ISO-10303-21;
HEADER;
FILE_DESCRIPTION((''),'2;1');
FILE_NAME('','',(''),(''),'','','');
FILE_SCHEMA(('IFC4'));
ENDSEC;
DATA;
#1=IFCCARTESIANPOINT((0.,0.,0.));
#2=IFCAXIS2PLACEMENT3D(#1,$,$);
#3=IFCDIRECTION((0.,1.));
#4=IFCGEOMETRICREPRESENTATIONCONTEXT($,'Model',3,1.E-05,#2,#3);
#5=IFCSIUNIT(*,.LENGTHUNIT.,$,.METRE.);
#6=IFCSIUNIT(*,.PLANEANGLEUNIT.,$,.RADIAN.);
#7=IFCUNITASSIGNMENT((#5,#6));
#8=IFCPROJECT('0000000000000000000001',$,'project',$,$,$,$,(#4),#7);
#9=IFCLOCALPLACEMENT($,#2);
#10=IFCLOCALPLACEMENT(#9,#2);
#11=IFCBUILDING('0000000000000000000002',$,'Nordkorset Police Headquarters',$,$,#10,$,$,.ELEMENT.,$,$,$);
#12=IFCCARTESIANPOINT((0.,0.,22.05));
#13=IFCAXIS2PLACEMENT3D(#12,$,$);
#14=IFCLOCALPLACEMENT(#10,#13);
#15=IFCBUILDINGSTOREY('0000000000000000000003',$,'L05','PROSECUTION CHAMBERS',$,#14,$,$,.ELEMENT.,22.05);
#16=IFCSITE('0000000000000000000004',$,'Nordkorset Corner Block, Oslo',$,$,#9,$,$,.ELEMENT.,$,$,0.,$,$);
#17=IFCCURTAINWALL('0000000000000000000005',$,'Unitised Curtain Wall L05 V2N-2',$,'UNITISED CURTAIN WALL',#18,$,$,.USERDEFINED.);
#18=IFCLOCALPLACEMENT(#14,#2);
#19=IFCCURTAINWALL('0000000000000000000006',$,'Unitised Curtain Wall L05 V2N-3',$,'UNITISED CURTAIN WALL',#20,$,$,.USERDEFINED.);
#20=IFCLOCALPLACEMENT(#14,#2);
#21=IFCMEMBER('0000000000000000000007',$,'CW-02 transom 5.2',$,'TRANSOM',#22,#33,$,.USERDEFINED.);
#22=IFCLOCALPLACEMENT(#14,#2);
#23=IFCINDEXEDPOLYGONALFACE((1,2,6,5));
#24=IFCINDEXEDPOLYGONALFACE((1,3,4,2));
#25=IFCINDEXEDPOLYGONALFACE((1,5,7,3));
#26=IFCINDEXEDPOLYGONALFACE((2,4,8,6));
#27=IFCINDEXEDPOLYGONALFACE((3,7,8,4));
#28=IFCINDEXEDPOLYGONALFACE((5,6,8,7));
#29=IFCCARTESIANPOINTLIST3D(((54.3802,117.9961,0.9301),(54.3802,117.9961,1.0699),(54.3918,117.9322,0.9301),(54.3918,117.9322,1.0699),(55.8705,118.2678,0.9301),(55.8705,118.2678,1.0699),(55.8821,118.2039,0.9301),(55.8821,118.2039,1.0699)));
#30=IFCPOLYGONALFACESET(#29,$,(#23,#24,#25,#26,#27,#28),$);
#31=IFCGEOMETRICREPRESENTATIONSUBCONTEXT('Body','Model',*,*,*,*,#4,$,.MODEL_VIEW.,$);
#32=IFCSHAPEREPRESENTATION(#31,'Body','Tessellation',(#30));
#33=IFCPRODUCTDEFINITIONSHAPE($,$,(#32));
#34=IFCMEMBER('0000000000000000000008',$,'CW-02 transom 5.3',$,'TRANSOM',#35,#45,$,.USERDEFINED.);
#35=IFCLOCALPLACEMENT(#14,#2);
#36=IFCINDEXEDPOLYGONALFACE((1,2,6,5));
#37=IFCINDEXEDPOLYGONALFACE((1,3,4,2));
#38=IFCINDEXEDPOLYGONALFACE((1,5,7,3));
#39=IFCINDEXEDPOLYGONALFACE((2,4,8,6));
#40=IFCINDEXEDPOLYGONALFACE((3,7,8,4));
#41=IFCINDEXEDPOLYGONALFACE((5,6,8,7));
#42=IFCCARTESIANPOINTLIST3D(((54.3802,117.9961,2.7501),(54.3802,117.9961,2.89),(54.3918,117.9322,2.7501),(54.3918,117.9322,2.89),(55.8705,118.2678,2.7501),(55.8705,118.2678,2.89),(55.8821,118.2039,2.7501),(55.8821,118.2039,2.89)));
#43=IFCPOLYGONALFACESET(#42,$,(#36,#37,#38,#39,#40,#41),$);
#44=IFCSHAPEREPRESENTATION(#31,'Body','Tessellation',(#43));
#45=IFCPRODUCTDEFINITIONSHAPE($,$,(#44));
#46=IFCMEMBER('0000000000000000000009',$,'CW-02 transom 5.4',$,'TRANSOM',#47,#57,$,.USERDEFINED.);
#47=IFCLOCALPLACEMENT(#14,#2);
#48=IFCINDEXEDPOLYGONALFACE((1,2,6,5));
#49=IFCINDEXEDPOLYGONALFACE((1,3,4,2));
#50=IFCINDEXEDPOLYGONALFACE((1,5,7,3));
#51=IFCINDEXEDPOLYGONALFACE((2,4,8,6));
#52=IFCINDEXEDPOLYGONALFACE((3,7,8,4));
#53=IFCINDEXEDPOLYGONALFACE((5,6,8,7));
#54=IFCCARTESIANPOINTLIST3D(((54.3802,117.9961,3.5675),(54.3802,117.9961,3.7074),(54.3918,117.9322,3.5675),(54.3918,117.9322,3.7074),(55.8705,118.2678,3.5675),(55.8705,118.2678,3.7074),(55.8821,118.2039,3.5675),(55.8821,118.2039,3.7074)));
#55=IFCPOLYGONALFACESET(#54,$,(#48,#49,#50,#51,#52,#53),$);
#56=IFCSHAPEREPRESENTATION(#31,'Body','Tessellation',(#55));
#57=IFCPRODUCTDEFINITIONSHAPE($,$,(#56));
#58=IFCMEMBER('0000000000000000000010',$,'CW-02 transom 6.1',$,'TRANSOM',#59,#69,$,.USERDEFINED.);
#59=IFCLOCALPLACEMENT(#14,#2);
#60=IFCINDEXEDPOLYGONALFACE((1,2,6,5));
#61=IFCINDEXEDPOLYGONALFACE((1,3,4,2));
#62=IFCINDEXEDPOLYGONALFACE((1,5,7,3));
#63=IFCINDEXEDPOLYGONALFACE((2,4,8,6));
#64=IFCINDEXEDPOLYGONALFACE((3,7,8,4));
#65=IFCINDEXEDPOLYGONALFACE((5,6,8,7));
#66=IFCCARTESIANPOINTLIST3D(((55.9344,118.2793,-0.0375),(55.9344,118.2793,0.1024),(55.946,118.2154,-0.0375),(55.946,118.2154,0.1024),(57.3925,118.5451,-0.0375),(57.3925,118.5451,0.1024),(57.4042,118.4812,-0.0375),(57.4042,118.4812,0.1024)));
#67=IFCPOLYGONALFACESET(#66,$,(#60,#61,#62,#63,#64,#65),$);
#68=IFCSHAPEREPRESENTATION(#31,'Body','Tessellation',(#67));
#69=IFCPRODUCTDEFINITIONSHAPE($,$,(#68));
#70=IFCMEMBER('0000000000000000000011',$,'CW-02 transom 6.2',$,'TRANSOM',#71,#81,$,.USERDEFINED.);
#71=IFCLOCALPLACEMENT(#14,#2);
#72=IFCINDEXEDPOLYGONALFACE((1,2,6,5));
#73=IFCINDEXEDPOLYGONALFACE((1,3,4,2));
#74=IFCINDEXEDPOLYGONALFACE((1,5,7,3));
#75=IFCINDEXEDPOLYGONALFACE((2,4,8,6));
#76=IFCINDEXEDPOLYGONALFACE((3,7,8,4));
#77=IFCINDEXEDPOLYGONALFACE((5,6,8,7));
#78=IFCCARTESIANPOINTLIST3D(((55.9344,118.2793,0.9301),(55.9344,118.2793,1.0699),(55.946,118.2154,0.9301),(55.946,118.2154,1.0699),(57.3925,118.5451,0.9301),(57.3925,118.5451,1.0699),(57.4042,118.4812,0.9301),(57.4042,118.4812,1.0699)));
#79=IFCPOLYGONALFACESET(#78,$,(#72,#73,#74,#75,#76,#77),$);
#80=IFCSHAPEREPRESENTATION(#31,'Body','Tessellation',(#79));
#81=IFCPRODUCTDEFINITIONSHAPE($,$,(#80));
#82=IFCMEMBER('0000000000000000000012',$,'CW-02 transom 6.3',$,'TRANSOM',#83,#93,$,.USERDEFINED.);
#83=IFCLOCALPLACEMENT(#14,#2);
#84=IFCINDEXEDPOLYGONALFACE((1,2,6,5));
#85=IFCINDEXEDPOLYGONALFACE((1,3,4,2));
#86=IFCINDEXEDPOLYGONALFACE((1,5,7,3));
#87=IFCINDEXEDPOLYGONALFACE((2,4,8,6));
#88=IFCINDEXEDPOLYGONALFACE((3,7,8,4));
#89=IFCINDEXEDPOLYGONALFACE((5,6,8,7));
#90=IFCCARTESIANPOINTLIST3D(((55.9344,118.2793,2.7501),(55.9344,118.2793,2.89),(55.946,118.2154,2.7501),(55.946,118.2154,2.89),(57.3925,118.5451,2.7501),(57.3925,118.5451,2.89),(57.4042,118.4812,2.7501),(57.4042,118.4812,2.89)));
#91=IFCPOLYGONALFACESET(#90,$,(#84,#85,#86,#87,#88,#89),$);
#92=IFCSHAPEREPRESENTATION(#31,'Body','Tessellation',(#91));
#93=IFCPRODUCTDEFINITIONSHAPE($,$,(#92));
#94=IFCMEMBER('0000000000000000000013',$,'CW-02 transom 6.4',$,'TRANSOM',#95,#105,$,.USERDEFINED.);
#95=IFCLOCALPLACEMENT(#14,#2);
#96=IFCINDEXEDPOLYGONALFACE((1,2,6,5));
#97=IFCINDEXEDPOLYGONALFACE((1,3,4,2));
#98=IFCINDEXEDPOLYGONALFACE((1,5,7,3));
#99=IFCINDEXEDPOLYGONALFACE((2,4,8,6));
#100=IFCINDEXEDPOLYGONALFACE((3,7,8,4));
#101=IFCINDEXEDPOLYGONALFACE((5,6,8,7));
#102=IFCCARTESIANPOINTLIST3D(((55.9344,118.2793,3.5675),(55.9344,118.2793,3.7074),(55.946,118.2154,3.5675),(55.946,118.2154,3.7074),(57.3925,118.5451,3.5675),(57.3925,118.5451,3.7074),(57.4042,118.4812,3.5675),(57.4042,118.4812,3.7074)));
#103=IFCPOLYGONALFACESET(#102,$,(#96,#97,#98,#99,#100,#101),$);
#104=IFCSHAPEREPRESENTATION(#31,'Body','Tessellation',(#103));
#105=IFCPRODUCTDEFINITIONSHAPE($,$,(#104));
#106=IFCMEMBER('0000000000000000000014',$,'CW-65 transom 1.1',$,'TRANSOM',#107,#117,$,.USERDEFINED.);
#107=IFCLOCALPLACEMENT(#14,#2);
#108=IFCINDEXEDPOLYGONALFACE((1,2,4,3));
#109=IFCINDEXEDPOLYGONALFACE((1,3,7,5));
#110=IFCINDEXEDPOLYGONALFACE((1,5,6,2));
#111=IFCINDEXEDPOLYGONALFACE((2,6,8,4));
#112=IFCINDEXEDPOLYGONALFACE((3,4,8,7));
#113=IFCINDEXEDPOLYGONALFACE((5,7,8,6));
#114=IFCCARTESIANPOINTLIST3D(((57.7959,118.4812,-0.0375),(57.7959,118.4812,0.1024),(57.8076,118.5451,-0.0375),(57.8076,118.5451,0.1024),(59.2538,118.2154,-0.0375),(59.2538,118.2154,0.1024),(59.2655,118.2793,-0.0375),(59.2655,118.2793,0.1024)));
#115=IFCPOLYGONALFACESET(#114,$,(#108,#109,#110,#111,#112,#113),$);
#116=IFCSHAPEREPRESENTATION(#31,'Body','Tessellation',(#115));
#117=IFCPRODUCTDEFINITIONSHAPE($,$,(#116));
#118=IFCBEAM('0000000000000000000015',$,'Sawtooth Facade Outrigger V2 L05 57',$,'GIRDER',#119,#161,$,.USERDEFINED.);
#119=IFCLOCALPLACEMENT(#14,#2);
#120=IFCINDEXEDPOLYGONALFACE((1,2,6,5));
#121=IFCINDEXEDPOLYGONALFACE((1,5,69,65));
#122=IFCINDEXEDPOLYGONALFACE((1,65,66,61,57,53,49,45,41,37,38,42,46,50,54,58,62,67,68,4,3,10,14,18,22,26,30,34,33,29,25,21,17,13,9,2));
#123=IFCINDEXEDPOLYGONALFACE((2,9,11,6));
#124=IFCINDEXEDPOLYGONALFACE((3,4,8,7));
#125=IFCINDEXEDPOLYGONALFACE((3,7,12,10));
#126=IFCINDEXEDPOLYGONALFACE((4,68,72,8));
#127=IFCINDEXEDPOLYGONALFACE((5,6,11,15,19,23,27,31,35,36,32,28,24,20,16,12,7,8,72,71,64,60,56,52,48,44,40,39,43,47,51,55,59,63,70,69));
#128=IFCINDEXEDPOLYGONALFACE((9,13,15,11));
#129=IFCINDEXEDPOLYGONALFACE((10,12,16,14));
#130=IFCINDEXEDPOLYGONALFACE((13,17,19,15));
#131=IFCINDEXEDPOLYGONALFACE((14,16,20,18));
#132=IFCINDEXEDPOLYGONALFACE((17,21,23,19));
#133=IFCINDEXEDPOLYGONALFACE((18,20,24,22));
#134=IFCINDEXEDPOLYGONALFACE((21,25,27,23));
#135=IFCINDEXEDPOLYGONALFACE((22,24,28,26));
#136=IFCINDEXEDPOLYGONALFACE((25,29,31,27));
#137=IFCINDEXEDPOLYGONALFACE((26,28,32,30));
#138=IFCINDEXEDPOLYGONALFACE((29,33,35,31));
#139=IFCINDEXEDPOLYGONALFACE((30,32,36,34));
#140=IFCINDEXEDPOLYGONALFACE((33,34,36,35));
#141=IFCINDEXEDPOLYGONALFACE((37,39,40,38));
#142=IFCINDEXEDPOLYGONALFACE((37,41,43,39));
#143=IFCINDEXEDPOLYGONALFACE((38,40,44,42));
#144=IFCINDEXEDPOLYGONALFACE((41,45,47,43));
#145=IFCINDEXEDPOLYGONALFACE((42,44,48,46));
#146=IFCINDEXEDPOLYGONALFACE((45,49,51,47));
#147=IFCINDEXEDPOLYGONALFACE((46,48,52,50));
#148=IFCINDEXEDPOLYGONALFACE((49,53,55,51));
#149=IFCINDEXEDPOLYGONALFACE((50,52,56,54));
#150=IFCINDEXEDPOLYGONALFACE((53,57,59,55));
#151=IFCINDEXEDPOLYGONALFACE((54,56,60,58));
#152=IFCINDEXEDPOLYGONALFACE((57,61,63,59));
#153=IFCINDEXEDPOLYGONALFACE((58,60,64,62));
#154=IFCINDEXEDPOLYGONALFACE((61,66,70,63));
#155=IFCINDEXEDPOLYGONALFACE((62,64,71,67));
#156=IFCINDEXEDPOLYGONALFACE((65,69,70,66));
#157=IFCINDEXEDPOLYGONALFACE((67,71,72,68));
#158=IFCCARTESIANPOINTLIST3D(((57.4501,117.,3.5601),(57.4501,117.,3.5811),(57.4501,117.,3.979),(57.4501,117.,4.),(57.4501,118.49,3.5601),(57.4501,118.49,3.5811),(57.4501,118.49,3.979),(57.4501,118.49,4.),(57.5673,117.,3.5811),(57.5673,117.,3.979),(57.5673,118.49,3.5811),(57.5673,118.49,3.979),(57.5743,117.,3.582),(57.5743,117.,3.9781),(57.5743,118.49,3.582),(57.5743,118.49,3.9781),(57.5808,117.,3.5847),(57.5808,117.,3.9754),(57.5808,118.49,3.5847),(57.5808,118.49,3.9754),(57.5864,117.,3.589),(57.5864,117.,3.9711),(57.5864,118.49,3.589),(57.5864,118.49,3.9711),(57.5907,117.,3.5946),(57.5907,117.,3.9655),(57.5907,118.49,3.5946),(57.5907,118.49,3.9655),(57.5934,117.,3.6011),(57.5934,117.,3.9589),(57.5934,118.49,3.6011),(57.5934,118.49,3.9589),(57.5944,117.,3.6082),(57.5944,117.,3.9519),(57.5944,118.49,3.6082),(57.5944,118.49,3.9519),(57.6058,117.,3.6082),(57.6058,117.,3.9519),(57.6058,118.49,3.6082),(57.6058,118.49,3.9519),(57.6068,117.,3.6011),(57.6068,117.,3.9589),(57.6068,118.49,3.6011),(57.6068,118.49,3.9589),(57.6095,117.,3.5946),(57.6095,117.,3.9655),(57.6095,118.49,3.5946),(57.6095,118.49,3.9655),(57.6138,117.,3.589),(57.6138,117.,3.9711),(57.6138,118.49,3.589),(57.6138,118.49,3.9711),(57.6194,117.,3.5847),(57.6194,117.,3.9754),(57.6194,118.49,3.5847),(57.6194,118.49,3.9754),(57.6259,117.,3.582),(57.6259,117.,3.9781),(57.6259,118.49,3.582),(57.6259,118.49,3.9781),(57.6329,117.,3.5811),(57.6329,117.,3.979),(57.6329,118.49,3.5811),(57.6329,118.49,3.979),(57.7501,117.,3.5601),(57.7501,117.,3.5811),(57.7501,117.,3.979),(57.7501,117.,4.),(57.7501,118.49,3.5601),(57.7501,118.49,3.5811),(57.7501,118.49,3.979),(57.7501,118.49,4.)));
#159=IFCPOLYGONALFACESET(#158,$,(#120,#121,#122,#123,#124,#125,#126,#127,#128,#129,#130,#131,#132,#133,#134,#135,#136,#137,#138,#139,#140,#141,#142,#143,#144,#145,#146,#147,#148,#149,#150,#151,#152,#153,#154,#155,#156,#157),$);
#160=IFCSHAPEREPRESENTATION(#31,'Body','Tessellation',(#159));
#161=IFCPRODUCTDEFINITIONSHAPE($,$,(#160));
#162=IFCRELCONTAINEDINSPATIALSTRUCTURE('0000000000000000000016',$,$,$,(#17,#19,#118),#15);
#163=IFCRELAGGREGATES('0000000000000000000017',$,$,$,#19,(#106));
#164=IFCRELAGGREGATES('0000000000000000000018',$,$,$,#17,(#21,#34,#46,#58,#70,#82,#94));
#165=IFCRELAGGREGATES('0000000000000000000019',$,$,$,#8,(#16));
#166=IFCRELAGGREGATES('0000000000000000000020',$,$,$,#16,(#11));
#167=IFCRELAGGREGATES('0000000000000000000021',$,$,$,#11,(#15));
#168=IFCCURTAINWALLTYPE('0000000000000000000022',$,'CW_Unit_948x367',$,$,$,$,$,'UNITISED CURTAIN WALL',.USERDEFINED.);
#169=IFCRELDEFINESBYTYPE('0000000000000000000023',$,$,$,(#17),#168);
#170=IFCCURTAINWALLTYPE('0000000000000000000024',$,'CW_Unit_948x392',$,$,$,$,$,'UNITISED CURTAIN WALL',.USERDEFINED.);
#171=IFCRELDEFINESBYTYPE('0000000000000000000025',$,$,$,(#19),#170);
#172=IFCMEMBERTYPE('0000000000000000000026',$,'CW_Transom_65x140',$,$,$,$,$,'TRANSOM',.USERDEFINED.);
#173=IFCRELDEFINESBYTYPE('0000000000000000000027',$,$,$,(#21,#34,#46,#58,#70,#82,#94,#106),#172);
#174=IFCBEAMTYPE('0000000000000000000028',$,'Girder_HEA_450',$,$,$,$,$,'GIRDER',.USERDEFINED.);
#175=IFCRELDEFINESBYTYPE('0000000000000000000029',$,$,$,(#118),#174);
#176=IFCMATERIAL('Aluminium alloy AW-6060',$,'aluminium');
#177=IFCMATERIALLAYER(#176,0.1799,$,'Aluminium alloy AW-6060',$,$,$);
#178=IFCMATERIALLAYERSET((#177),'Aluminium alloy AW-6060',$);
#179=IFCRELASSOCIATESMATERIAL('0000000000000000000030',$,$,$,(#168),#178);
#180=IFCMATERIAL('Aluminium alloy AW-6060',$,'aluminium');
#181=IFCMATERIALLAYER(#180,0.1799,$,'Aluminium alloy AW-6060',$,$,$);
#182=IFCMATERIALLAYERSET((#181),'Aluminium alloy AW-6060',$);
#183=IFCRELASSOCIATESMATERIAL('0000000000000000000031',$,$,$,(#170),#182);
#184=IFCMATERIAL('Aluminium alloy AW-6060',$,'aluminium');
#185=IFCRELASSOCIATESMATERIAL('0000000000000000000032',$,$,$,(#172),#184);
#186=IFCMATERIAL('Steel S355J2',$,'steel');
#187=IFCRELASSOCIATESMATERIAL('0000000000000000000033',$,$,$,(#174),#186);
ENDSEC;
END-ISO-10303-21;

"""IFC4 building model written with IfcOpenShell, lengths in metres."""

from ifc_helpers import new_model, si_unit, direction, frame, origin, origin_2d, place, context, subcontext, project, spatial, rectangle, i_section, extrude, material, layer, layer_set, material_profile, profile_set, type_object, element, aggregate, save


model = new_model("IFC4")

# Units and contexts
model_context = context("Model", 3, precision=1e-05, world=origin(), true_north=direction((0.0, 1.0)))
body_context = subcontext(model_context, "Body", "Model", "MODEL_VIEW")
ifc_project = project(units=[si_unit("LENGTHUNIT", "METRE"), si_unit("PLANEANGLEUNIT", "RADIAN")], contexts=[model_context])

# Site, building, storey
site_placement = place(None, origin())
site = spatial("IfcSite", under=ifc_project, at=site_placement, Name="Nordkorset Corner Block, Oslo", CompositionType="ELEMENT", RefElevation=0.0)
building_placement = place(site_placement, origin())
building = spatial("IfcBuilding", under=site, at=building_placement, Name="Nordkorset Police Headquarters", CompositionType="ELEMENT")
storey_placement = place(building_placement, frame((0.0, 0.0, 22.05)))
storey = spatial("IfcBuildingStorey", under=building, at=storey_placement, Name="L05", Description="PROSECUTION CHAMBERS", CompositionType="ELEMENT", Elevation=22.05)

# Curtain wall
ifc_material_1 = material(Name="Aluminium alloy AW-6060", Category="aluminium")
ifc_layer_1 = layer(ifc_material_1, 0.1799, Name="Aluminium alloy AW-6060")
ifc_layer_set_1 = layer_set([ifc_layer_1], Name="Aluminium alloy AW-6060")
curtain_wall_type_1 = type_object("IfcCurtainWallType", Name="CW_Unit_948x367", ElementType="UNITISED CURTAIN WALL", PredefinedType="USERDEFINED", material=ifc_layer_set_1)
curtain_wall_1_placement = place(storey_placement, origin())
curtain_wall_1 = element("IfcCurtainWall", 1, at=curtain_wall_1_placement, inside=storey, type_object=curtain_wall_type_1, Name="Unitised Curtain Wall L05 V2N-2", ObjectType="UNITISED CURTAIN WALL", PredefinedType="USERDEFINED")

# Curtain wall
ifc_material_2 = material(Name="Aluminium alloy AW-6060", Category="aluminium")
ifc_layer_2 = layer(ifc_material_2, 0.1799, Name="Aluminium alloy AW-6060")
ifc_layer_set_2 = layer_set([ifc_layer_2], Name="Aluminium alloy AW-6060")
curtain_wall_type_2 = type_object("IfcCurtainWallType", Name="CW_Unit_948x392", ElementType="UNITISED CURTAIN WALL", PredefinedType="USERDEFINED", material=ifc_layer_set_2)
curtain_wall_2_placement = place(storey_placement, origin())
curtain_wall_2 = element("IfcCurtainWall", 2, at=curtain_wall_2_placement, inside=storey, type_object=curtain_wall_type_2, Name="Unitised Curtain Wall L05 V2N-3", ObjectType="UNITISED CURTAIN WALL", PredefinedType="USERDEFINED")

# Members
ifc_material_3 = material(Name="Aluminium alloy AW-6060", Category="aluminium")
ifc_material_profile_1 = material_profile(ifc_material_3, rectangle(XDim=0.0649, YDim=0.1399, at=origin_2d()), Name="ALU TRAN 65x140")
ifc_profile_set_1 = profile_set([ifc_material_profile_1], Name="Aluminium alloy AW-6060")
member_type_1 = type_object("IfcMemberType", Name="CW_Transom_65x140", ElementType="TRANSOM", PredefinedType="USERDEFINED", material=ifc_profile_set_1)
member_1_placement = place(storey_placement, frame((54.386, 117.9641, 1.0), z_axis=(0.98378, 0.179382, 0.0), x_axis=(-0.179382, 0.98378, 0.0)))
member_1 = element("IfcMember", 3, at=member_1_placement, type_object=member_type_1, Name="CW-02 transom 5.2", ObjectType="TRANSOM", PredefinedType="USERDEFINED", context=body_context, shape_type="SweptSolid", body=[
    extrude(rectangle(XDim=0.0649, YDim=0.1399, at=origin_2d()), origin(), (0.0, 0.0, 1.0), 1.5149),
])
member_2_placement = place(storey_placement, frame((54.386, 117.9641, 2.8201), z_axis=(0.98378, 0.179382, 0.0), x_axis=(-0.179382, 0.98378, 0.0)))
member_2 = element("IfcMember", 4, at=member_2_placement, type_object=member_type_1, Name="CW-02 transom 5.3", ObjectType="TRANSOM", PredefinedType="USERDEFINED", context=body_context, shape_type="SweptSolid", body=[
    extrude(rectangle(XDim=0.0649, YDim=0.1399, at=origin_2d()), origin(), (0.0, 0.0, 1.0), 1.5149),
])
member_3_placement = place(storey_placement, frame((54.386, 117.9641, 3.6375), z_axis=(0.98378, 0.179382, 0.0), x_axis=(-0.179382, 0.98378, 0.0)))
member_3 = element("IfcMember", 5, at=member_3_placement, type_object=member_type_1, Name="CW-02 transom 5.4", ObjectType="TRANSOM", PredefinedType="USERDEFINED", context=body_context, shape_type="SweptSolid", body=[
    extrude(rectangle(XDim=0.0649, YDim=0.1399, at=origin_2d()), origin(), (0.0, 0.0, 1.0), 1.5149),
])
member_4_placement = place(storey_placement, frame((55.9402, 118.2473, 0.0325), z_axis=(0.983783, 0.179364, 0.0), x_axis=(-0.179364, 0.983783, 0.0)))
member_4 = element("IfcMember", 6, at=member_4_placement, type_object=member_type_1, Name="CW-02 transom 6.1", ObjectType="TRANSOM", PredefinedType="USERDEFINED", context=body_context, shape_type="SweptSolid", body=[
    extrude(rectangle(XDim=0.0649, YDim=0.1399, at=origin_2d()), origin(), (0.0, 0.0, 1.0), 1.4822),
])
member_5_placement = place(storey_placement, frame((55.9402, 118.2473, 1.0), z_axis=(0.983783, 0.179364, 0.0), x_axis=(-0.179364, 0.983783, 0.0)))
member_5 = element("IfcMember", 7, at=member_5_placement, type_object=member_type_1, Name="CW-02 transom 6.2", ObjectType="TRANSOM", PredefinedType="USERDEFINED", context=body_context, shape_type="SweptSolid", body=[
    extrude(rectangle(XDim=0.0649, YDim=0.1399, at=origin_2d()), origin(), (0.0, 0.0, 1.0), 1.4822),
])
member_6_placement = place(storey_placement, frame((55.9402, 118.2473, 2.8201), z_axis=(0.983783, 0.179364, 0.0), x_axis=(-0.179364, 0.983783, 0.0)))
member_6 = element("IfcMember", 8, at=member_6_placement, type_object=member_type_1, Name="CW-02 transom 6.3", ObjectType="TRANSOM", PredefinedType="USERDEFINED", context=body_context, shape_type="SweptSolid", body=[
    extrude(rectangle(XDim=0.0649, YDim=0.1399, at=origin_2d()), origin(), (0.0, 0.0, 1.0), 1.4822),
])
member_7_placement = place(storey_placement, frame((55.9402, 118.2473, 3.6375), z_axis=(0.983783, 0.179364, 0.0), x_axis=(-0.179364, 0.983783, 0.0)))
member_7 = element("IfcMember", 9, at=member_7_placement, type_object=member_type_1, Name="CW-02 transom 6.4", ObjectType="TRANSOM", PredefinedType="USERDEFINED", context=body_context, shape_type="SweptSolid", body=[
    extrude(rectangle(XDim=0.0649, YDim=0.1399, at=origin_2d()), origin(), (0.0, 0.0, 1.0), 1.4822),
])
member_8_placement = place(storey_placement, frame((57.8018, 118.5132, 0.0325), z_axis=(0.983778, -0.179393, 0.0), x_axis=(0.179393, 0.983778, 0.0)))
member_8 = element("IfcMember", 10, at=member_8_placement, type_object=member_type_1, Name="CW-65 transom 1.1", ObjectType="TRANSOM", PredefinedType="USERDEFINED", context=body_context, shape_type="SweptSolid", body=[
    extrude(rectangle(XDim=0.0649, YDim=0.1399, at=origin_2d()), origin(), (0.0, 0.0, 1.0), 1.4819),
])
aggregate(curtain_wall_2, [member_8])

# Beam
ifc_material_4 = material(Name="Steel S355J2", Category="steel")
ifc_material_profile_2 = material_profile(ifc_material_4, i_section(OverallWidth=0.3, OverallDepth=0.4399, WebThickness=0.0115, FlangeThickness=0.021, FilletRadius=0.0271, at=origin_2d()), Name="HEA 450")
ifc_profile_set_2 = profile_set([ifc_material_profile_2], Name="Steel S355J2")
beam_type_1 = type_object("IfcBeamType", Name="Girder_HEA_450", ElementType="GIRDER", PredefinedType="USERDEFINED", material=ifc_profile_set_2)
beam_1_placement = place(storey_placement, frame((57.6001, 117.0, 3.78), z_axis=(0.0, 1.0, 0.0), x_axis=(-1.0, 0.0, 0.0)))
element("IfcBeam", 11, at=beam_1_placement, inside=storey, type_object=beam_type_1, Name="Sawtooth Facade Outrigger V2 L05 57", ObjectType="GIRDER", PredefinedType="USERDEFINED", context=body_context, shape_type="SweptSolid", body=[
    extrude(i_section(OverallWidth=0.3, OverallDepth=0.4399, WebThickness=0.0115, FlangeThickness=0.021, FilletRadius=0.0271, at=origin_2d()), origin(), (0.0, 0.0, 1.0), 1.49),
])

aggregate(curtain_wall_1, [member_1, member_2, member_3, member_4, member_5, member_6, member_7])

save(model, "model.ifc")
